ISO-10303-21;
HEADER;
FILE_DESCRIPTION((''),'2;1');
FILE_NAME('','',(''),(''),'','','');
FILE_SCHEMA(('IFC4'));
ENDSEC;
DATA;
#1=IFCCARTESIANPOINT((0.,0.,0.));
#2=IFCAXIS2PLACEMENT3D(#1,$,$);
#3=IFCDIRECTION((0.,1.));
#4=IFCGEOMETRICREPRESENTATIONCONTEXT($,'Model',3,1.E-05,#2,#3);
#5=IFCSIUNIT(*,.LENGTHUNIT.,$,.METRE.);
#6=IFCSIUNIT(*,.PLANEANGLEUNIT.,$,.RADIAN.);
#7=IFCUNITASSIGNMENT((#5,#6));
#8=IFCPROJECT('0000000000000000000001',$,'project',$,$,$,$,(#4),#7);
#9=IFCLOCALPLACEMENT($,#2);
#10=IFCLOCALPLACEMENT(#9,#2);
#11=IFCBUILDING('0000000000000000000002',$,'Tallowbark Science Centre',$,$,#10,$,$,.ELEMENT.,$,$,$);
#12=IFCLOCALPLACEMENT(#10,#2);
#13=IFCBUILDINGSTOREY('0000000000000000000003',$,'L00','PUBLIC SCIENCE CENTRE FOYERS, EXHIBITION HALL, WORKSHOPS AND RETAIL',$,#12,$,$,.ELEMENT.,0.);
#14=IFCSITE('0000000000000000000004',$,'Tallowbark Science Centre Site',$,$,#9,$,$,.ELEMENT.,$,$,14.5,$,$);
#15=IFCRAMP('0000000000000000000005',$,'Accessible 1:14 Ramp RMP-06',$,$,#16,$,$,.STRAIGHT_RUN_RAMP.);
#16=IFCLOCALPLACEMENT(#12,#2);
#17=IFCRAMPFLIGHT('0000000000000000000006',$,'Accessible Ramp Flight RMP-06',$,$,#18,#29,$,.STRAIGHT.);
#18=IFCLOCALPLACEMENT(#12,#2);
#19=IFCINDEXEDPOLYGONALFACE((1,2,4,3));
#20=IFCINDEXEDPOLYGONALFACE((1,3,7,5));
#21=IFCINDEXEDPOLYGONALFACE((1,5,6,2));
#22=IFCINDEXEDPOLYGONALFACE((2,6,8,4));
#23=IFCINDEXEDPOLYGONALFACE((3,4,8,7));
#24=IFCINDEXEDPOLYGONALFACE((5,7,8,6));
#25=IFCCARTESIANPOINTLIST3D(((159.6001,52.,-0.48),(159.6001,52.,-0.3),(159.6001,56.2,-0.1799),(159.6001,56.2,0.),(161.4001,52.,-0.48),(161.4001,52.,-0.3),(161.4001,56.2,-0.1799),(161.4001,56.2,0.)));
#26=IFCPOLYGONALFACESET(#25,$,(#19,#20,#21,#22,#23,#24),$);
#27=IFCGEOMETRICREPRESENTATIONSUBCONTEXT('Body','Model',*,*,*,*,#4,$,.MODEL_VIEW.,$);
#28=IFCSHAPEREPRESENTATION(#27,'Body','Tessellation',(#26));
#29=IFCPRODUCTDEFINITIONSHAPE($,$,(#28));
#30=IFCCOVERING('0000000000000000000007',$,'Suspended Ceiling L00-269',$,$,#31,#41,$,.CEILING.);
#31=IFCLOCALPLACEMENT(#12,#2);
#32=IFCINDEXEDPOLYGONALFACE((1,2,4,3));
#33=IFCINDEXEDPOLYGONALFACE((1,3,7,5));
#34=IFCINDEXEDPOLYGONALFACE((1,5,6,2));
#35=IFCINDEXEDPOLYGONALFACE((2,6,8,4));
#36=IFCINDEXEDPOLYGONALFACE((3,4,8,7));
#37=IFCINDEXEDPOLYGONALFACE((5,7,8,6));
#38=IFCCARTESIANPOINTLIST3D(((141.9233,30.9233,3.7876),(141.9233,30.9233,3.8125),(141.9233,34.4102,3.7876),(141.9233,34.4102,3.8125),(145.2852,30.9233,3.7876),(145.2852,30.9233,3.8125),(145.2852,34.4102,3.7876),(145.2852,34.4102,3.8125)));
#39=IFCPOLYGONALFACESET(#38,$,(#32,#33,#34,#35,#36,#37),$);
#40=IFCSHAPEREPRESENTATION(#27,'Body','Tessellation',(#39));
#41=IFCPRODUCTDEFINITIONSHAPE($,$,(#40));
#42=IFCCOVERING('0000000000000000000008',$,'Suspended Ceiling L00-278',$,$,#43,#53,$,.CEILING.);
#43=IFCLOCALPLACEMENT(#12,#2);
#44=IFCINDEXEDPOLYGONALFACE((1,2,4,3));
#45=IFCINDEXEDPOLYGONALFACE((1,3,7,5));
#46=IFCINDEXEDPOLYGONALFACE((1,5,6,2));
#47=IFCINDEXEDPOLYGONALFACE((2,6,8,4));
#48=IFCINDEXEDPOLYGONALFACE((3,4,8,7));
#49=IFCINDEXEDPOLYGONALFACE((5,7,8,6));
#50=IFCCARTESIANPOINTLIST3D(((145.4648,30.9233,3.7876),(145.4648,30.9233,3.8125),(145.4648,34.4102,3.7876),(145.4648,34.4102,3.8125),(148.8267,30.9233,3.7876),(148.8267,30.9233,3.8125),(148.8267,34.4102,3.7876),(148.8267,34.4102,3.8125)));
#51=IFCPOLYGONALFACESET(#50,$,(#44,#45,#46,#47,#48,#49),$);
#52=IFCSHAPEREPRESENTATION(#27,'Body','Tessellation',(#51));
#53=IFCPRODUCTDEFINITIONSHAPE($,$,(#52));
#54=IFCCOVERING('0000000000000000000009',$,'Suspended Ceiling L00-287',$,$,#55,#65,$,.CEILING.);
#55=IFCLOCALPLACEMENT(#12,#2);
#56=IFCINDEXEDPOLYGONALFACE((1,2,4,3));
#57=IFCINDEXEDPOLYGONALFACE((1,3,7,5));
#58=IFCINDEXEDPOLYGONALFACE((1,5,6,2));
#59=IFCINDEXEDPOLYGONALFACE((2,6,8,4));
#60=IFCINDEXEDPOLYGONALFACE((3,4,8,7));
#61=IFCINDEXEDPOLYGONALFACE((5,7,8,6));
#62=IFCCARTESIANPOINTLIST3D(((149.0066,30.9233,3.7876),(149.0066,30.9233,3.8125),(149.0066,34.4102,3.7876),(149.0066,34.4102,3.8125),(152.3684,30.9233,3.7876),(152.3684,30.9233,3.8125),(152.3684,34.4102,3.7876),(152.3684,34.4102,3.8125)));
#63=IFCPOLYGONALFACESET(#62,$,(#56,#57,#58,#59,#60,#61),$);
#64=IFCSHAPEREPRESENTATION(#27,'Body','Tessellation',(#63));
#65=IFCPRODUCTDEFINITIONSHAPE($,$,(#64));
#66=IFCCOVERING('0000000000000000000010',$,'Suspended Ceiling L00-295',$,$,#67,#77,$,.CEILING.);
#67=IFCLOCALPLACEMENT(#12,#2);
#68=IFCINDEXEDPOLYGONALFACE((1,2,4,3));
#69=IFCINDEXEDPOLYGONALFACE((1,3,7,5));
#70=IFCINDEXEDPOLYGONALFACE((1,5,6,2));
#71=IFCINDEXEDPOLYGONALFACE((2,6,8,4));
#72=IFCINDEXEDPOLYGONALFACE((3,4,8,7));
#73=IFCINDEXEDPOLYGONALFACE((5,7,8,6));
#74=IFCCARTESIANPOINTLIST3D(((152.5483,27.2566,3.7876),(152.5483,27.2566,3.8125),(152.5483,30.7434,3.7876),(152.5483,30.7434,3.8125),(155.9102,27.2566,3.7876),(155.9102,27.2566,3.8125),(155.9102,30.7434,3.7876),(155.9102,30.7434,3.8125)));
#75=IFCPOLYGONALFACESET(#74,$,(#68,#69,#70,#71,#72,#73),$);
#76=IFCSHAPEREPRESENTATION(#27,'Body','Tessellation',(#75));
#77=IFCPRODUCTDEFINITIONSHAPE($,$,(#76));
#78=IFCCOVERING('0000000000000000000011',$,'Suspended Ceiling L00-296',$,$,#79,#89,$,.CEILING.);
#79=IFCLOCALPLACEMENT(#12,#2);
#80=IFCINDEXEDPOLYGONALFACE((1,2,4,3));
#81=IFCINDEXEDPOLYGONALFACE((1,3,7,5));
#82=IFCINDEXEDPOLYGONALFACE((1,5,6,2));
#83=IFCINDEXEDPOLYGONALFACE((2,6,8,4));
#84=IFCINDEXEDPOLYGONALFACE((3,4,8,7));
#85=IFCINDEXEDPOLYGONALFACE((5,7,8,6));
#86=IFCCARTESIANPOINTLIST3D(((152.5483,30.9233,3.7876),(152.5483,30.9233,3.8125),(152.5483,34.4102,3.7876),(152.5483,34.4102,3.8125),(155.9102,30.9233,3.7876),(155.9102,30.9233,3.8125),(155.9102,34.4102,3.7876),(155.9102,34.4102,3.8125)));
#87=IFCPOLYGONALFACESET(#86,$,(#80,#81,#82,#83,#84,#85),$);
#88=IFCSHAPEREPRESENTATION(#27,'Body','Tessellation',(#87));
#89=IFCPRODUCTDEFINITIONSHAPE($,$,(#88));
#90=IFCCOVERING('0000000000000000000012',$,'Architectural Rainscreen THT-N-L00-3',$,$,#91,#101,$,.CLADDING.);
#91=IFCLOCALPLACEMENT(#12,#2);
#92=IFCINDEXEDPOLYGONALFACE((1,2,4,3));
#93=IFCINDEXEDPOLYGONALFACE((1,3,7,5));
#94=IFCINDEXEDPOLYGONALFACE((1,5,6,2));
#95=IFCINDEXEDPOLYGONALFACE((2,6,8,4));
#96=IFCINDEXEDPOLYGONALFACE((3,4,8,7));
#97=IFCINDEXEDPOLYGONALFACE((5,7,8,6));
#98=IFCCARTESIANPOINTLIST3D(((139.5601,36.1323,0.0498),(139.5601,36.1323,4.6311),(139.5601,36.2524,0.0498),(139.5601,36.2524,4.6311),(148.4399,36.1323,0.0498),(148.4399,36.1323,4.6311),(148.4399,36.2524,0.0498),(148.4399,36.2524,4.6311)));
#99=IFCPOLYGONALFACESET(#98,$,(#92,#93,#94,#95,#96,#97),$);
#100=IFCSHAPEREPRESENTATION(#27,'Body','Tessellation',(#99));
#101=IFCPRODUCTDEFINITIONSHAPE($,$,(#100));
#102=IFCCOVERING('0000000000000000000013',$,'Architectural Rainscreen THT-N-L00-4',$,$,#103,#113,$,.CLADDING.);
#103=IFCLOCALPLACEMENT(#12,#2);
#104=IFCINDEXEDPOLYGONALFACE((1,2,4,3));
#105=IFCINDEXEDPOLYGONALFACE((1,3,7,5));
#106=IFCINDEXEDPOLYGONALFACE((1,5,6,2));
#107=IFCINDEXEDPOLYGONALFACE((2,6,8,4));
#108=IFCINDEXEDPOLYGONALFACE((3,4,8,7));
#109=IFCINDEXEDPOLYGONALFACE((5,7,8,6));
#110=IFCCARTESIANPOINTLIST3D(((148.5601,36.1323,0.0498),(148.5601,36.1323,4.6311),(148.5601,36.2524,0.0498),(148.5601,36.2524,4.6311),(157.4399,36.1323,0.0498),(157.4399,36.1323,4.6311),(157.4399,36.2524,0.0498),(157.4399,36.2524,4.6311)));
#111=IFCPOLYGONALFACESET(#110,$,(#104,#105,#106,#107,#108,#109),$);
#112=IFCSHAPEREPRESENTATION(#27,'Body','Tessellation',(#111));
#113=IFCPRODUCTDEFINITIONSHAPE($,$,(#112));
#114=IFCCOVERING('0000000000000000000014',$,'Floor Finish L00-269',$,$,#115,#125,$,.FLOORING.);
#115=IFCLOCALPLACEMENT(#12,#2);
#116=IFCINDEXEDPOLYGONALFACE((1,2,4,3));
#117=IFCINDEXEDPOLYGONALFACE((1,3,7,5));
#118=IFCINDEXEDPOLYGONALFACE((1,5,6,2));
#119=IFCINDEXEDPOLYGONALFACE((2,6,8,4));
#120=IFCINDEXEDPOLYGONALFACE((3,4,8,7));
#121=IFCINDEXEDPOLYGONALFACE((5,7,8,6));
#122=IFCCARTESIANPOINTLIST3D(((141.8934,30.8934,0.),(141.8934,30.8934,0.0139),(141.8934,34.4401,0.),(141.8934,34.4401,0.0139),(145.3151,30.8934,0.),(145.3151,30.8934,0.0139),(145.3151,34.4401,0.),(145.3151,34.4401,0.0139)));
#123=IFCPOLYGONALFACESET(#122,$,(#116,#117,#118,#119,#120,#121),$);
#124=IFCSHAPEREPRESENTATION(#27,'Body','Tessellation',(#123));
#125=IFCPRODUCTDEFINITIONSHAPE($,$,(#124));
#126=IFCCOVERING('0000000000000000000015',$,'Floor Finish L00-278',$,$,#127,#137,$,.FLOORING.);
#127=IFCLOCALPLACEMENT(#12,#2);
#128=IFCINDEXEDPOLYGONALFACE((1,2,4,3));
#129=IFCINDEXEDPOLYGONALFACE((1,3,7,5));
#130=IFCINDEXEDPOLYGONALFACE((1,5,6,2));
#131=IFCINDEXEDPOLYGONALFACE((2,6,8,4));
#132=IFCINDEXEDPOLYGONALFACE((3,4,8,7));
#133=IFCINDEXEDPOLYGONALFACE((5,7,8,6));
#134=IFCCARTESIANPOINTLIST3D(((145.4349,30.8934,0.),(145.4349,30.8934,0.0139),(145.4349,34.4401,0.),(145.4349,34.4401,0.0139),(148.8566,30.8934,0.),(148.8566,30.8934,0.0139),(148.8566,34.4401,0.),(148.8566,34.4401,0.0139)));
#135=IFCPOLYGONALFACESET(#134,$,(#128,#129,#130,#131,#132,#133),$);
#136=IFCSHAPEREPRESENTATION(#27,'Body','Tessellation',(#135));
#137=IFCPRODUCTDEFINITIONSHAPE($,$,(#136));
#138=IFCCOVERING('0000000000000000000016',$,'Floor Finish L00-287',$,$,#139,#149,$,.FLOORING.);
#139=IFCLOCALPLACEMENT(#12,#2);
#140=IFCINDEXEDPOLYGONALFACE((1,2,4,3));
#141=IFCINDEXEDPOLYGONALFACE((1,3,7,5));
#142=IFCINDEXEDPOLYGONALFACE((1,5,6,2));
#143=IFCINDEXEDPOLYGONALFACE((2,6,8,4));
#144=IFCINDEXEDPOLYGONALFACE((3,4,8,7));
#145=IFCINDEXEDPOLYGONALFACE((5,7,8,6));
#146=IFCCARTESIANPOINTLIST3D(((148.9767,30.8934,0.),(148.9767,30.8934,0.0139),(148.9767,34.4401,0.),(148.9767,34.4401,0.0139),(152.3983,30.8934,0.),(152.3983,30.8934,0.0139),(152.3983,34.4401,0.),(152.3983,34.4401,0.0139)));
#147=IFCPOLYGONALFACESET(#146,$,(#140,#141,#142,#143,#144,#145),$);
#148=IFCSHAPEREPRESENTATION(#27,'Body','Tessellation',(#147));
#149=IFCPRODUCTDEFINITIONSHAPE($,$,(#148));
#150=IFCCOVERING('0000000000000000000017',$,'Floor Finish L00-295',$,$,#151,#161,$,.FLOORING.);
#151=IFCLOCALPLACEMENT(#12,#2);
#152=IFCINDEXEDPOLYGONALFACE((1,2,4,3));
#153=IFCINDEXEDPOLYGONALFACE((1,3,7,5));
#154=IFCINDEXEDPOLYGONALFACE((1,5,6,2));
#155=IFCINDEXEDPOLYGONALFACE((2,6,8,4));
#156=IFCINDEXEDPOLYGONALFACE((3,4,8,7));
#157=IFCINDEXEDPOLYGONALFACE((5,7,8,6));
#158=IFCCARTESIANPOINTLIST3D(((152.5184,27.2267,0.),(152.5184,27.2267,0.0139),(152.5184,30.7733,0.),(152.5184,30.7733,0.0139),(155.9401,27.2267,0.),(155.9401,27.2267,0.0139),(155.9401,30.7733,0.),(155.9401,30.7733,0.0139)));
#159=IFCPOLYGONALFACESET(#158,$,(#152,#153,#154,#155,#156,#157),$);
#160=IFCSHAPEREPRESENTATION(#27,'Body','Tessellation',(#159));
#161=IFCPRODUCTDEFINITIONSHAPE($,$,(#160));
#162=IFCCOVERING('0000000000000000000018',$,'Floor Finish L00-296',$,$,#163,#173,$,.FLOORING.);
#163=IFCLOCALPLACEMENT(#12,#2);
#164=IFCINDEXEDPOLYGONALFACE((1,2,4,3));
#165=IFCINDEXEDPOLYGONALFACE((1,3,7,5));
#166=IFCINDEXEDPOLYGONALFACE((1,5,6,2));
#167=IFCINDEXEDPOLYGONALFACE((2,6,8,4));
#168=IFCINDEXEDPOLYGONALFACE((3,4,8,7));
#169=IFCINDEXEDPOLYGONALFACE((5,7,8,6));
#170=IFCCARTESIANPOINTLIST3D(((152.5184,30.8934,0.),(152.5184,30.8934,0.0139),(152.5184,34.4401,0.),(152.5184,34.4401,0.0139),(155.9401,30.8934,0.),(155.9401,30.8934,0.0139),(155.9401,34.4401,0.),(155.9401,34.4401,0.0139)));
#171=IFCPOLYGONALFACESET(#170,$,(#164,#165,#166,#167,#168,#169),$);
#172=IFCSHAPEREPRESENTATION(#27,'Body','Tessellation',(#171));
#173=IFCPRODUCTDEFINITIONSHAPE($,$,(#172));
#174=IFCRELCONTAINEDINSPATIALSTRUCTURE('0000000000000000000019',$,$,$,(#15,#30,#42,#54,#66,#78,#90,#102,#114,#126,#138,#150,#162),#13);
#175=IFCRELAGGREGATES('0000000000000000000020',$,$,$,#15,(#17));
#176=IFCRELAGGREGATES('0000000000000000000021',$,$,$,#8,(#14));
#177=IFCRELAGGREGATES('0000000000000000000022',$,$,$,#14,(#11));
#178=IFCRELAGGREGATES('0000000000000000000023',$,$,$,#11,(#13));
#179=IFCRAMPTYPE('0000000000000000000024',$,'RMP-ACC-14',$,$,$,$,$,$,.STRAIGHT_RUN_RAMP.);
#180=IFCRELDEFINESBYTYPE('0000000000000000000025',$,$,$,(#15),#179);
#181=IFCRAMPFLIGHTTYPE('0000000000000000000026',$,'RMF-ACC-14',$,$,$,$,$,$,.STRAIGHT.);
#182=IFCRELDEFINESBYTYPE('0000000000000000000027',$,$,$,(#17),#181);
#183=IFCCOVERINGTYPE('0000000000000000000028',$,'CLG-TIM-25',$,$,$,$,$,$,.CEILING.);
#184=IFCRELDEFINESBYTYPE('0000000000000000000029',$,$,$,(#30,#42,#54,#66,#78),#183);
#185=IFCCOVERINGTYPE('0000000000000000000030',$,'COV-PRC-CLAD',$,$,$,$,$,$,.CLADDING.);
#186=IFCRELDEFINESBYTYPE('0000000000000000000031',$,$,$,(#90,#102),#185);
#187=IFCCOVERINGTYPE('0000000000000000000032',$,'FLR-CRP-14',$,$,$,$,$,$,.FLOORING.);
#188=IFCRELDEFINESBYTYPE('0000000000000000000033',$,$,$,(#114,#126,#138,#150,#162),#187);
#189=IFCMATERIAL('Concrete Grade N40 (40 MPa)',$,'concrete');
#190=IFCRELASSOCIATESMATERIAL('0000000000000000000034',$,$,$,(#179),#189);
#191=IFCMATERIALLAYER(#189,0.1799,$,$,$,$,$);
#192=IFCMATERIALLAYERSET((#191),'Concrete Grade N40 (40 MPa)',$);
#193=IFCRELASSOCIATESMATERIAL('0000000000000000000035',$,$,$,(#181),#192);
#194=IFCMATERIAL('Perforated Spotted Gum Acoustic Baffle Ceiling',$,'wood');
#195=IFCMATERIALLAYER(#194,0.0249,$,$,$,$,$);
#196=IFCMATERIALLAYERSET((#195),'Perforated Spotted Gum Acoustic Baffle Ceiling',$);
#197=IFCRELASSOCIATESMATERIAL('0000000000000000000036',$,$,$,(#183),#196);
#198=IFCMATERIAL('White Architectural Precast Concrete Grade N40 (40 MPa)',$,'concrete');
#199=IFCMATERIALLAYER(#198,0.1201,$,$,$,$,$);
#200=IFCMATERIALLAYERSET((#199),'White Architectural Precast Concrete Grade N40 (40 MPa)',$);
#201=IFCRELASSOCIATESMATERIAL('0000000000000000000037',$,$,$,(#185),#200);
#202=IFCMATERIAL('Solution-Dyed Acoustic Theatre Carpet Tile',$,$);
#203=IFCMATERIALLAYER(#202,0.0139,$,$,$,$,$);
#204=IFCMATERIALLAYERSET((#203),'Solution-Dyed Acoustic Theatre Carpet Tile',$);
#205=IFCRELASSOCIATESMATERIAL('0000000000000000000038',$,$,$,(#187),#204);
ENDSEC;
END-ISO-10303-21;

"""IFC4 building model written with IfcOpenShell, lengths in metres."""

from ifc_helpers import new_model, si_unit, direction, frame, origin, origin_2d, place, context, subcontext, project, spatial, polyline, rectangle, outline, extrude, material, layer, layer_set, type_object, element, aggregate, save


model = new_model("IFC4")

# Units and contexts
model_context = context("Model", 3, precision=1e-05, world=origin(), true_north=direction((0.0, 1.0)))
body_context = subcontext(model_context, "Body", "Model", "MODEL_VIEW")
ifc_project = project(units=[si_unit("LENGTHUNIT", "METRE"), si_unit("PLANEANGLEUNIT", "RADIAN")], contexts=[model_context])

# Site, building, storey
site_placement = place(None, origin())
site = spatial("IfcSite", under=ifc_project, at=site_placement, Name="Tallowbark Science Centre Site", CompositionType="ELEMENT", RefElevation=14.5)
building_placement = place(site_placement, origin())
building = spatial("IfcBuilding", under=site, at=building_placement, Name="Tallowbark Science Centre", CompositionType="ELEMENT")
storey_placement = place(building_placement, origin())
storey = spatial("IfcBuildingStorey", under=building, at=storey_placement, Name="L00", Description="PUBLIC SCIENCE CENTRE FOYERS, EXHIBITION HALL, WORKSHOPS AND RETAIL", CompositionType="ELEMENT", Elevation=0.0)

# Shared definitions
ifc_material_1 = material(Name="Concrete Grade N40 (40 MPa)", Category="concrete")

# Ramp, ramp flight
ramp_type = type_object("IfcRampType", Name="RMP-ACC-14", PredefinedType="STRAIGHT_RUN_RAMP", material=ifc_material_1)
ramp_placement = place(storey_placement, origin())
ramp = element("IfcRamp", 1, at=ramp_placement, inside=storey, type_object=ramp_type, Name="Accessible 1:14 Ramp RMP-06", PredefinedType="STRAIGHT_RUN_RAMP")
ifc_layer_1 = layer(ifc_material_1, 0.1799)
ifc_layer_set_1 = layer_set([ifc_layer_1], Name="Concrete Grade N40 (40 MPa)")
ramp_flight_type = type_object("IfcRampFlightType", Name="RMF-ACC-14", PredefinedType="STRAIGHT", material=ifc_layer_set_1)
ramp_flight_placement = place(storey_placement, frame((160.5, 52.0, -0.3), z_axis=(0.0, 0.0, 1.0), x_axis=(0.0, 1.0, 0.0)))
ramp_flight = element("IfcRampFlight", 2, at=ramp_flight_placement, type_object=ramp_flight_type, Name="Accessible Ramp Flight RMP-06", PredefinedType="STRAIGHT", context=body_context, shape_type="SweptSolid", body=[
    extrude(outline(polyline([(0.0, 0.0), (0.0, -0.1799), (4.2, 0.1201), (4.2, 0.3), (0.0, 0.0)])), frame((0.0, 0.8999, 0.0), z_axis=(0.0, -1.0, 0.0), x_axis=(1.0, 0.0, 0.0)), (0.0, 0.0, 1.0), 1.8),
])
aggregate(ramp, [ramp_flight])

# Coverings
ifc_material_2 = material(Name="Perforated Spotted Gum Acoustic Baffle Ceiling", Category="wood")
ifc_layer_2 = layer(ifc_material_2, 0.0249)
ifc_layer_set_2 = layer_set([ifc_layer_2], Name="Perforated Spotted Gum Acoustic Baffle Ceiling")
covering_type_1 = type_object("IfcCoveringType", Name="CLG-TIM-25", PredefinedType="CEILING", material=ifc_layer_set_2)
for number, where, z_axis, x_axis, name in (
    (3, (143.6042, 32.6667, 3.7876), (0.0, 0.0, 1.0), (1.0, 0.0, 0.0), "Suspended Ceiling L00-269"),
    (4, (147.1458, 32.6667, 3.7876), (0.0, 0.0, 1.0), (1.0, 0.0, 0.0), "Suspended Ceiling L00-278"),
    (5, (150.6875, 32.6667, 3.7876), (0.0, 0.0, 1.0), (1.0, 0.0, 0.0), "Suspended Ceiling L00-287"),
    (6, (154.2292, 29.0, 3.7876), (0.0, 0.0, 1.0), (1.0, 0.0, 0.0), "Suspended Ceiling L00-295"),
    (7, (154.2292, 32.6667, 3.7876), (0.0, 0.0, 1.0), (1.0, 0.0, 0.0), "Suspended Ceiling L00-296"),
):
    element("IfcCovering", number, at=place(storey_placement, frame(where, z_axis=z_axis, x_axis=x_axis)), inside=storey, type_object=covering_type_1, Name=name, PredefinedType="CEILING", context=body_context, shape_type="SweptSolid", body=[
        extrude(rectangle(XDim=3.3618, YDim=3.4868, at=origin_2d()), origin(), (0.0, 0.0, 1.0), 0.0249),
    ])
ifc_material_3 = material(Name="White Architectural Precast Concrete Grade N40 (40 MPa)", Category="concrete")
ifc_layer_3 = layer(ifc_material_3, 0.1201)
ifc_layer_set_3 = layer_set([ifc_layer_3], Name="White Architectural Precast Concrete Grade N40 (40 MPa)")
covering_type_2 = type_object("IfcCoveringType", Name="COV-PRC-CLAD", PredefinedType="CLADDING", material=ifc_layer_set_3)
for number, where, z_axis, x_axis, name in (
    (8, (144.0, 36.1924, 0.0498), (0.0, 0.0, 1.0), (-1.0, 0.0, 0.0), "Architectural Rainscreen THT-N-L00-3"),
    (9, (153.0, 36.1924, 0.0498), (0.0, 0.0, 1.0), (-1.0, 0.0, 0.0), "Architectural Rainscreen THT-N-L00-4"),
):
    element("IfcCovering", number, at=place(storey_placement, frame(where, z_axis=z_axis, x_axis=x_axis)), inside=storey, type_object=covering_type_2, Name=name, PredefinedType="CLADDING", context=body_context, shape_type="SweptSolid", body=[
        extrude(rectangle(XDim=8.8799, YDim=0.1201, at=origin_2d()), origin(), (0.0, 0.0, 1.0), 4.5813),
    ])
ifc_material_4 = material(Name="Solution-Dyed Acoustic Theatre Carpet Tile")
ifc_layer_4 = layer(ifc_material_4, 0.0139)
ifc_layer_set_4 = layer_set([ifc_layer_4], Name="Solution-Dyed Acoustic Theatre Carpet Tile")
covering_type_3 = type_object("IfcCoveringType", Name="FLR-CRP-14", PredefinedType="FLOORING", material=ifc_layer_set_4)
for number, where, z_axis, x_axis, name in (
    (10, (143.6042, 32.6667, 0.0), (0.0, 0.0, 1.0), (1.0, 0.0, 0.0), "Floor Finish L00-269"),
    (11, (147.1458, 32.6667, 0.0), (0.0, 0.0, 1.0), (1.0, 0.0, 0.0), "Floor Finish L00-278"),
    (12, (150.6875, 32.6667, 0.0), (0.0, 0.0, 1.0), (1.0, 0.0, 0.0), "Floor Finish L00-287"),
    (13, (154.2292, 29.0, 0.0), (0.0, 0.0, 1.0), (1.0, 0.0, 0.0), "Floor Finish L00-295"),
    (14, (154.2292, 32.6667, 0.0), (0.0, 0.0, 1.0), (1.0, 0.0, 0.0), "Floor Finish L00-296"),
):
    element("IfcCovering", number, at=place(storey_placement, frame(where, z_axis=z_axis, x_axis=x_axis)), inside=storey, type_object=covering_type_3, Name=name, PredefinedType="FLOORING", context=body_context, shape_type="SweptSolid", body=[
        extrude(rectangle(XDim=3.4216, YDim=3.5466, at=origin_2d()), origin(), (0.0, 0.0, 1.0), 0.0139),
    ])

save(model, "model.ifc")
